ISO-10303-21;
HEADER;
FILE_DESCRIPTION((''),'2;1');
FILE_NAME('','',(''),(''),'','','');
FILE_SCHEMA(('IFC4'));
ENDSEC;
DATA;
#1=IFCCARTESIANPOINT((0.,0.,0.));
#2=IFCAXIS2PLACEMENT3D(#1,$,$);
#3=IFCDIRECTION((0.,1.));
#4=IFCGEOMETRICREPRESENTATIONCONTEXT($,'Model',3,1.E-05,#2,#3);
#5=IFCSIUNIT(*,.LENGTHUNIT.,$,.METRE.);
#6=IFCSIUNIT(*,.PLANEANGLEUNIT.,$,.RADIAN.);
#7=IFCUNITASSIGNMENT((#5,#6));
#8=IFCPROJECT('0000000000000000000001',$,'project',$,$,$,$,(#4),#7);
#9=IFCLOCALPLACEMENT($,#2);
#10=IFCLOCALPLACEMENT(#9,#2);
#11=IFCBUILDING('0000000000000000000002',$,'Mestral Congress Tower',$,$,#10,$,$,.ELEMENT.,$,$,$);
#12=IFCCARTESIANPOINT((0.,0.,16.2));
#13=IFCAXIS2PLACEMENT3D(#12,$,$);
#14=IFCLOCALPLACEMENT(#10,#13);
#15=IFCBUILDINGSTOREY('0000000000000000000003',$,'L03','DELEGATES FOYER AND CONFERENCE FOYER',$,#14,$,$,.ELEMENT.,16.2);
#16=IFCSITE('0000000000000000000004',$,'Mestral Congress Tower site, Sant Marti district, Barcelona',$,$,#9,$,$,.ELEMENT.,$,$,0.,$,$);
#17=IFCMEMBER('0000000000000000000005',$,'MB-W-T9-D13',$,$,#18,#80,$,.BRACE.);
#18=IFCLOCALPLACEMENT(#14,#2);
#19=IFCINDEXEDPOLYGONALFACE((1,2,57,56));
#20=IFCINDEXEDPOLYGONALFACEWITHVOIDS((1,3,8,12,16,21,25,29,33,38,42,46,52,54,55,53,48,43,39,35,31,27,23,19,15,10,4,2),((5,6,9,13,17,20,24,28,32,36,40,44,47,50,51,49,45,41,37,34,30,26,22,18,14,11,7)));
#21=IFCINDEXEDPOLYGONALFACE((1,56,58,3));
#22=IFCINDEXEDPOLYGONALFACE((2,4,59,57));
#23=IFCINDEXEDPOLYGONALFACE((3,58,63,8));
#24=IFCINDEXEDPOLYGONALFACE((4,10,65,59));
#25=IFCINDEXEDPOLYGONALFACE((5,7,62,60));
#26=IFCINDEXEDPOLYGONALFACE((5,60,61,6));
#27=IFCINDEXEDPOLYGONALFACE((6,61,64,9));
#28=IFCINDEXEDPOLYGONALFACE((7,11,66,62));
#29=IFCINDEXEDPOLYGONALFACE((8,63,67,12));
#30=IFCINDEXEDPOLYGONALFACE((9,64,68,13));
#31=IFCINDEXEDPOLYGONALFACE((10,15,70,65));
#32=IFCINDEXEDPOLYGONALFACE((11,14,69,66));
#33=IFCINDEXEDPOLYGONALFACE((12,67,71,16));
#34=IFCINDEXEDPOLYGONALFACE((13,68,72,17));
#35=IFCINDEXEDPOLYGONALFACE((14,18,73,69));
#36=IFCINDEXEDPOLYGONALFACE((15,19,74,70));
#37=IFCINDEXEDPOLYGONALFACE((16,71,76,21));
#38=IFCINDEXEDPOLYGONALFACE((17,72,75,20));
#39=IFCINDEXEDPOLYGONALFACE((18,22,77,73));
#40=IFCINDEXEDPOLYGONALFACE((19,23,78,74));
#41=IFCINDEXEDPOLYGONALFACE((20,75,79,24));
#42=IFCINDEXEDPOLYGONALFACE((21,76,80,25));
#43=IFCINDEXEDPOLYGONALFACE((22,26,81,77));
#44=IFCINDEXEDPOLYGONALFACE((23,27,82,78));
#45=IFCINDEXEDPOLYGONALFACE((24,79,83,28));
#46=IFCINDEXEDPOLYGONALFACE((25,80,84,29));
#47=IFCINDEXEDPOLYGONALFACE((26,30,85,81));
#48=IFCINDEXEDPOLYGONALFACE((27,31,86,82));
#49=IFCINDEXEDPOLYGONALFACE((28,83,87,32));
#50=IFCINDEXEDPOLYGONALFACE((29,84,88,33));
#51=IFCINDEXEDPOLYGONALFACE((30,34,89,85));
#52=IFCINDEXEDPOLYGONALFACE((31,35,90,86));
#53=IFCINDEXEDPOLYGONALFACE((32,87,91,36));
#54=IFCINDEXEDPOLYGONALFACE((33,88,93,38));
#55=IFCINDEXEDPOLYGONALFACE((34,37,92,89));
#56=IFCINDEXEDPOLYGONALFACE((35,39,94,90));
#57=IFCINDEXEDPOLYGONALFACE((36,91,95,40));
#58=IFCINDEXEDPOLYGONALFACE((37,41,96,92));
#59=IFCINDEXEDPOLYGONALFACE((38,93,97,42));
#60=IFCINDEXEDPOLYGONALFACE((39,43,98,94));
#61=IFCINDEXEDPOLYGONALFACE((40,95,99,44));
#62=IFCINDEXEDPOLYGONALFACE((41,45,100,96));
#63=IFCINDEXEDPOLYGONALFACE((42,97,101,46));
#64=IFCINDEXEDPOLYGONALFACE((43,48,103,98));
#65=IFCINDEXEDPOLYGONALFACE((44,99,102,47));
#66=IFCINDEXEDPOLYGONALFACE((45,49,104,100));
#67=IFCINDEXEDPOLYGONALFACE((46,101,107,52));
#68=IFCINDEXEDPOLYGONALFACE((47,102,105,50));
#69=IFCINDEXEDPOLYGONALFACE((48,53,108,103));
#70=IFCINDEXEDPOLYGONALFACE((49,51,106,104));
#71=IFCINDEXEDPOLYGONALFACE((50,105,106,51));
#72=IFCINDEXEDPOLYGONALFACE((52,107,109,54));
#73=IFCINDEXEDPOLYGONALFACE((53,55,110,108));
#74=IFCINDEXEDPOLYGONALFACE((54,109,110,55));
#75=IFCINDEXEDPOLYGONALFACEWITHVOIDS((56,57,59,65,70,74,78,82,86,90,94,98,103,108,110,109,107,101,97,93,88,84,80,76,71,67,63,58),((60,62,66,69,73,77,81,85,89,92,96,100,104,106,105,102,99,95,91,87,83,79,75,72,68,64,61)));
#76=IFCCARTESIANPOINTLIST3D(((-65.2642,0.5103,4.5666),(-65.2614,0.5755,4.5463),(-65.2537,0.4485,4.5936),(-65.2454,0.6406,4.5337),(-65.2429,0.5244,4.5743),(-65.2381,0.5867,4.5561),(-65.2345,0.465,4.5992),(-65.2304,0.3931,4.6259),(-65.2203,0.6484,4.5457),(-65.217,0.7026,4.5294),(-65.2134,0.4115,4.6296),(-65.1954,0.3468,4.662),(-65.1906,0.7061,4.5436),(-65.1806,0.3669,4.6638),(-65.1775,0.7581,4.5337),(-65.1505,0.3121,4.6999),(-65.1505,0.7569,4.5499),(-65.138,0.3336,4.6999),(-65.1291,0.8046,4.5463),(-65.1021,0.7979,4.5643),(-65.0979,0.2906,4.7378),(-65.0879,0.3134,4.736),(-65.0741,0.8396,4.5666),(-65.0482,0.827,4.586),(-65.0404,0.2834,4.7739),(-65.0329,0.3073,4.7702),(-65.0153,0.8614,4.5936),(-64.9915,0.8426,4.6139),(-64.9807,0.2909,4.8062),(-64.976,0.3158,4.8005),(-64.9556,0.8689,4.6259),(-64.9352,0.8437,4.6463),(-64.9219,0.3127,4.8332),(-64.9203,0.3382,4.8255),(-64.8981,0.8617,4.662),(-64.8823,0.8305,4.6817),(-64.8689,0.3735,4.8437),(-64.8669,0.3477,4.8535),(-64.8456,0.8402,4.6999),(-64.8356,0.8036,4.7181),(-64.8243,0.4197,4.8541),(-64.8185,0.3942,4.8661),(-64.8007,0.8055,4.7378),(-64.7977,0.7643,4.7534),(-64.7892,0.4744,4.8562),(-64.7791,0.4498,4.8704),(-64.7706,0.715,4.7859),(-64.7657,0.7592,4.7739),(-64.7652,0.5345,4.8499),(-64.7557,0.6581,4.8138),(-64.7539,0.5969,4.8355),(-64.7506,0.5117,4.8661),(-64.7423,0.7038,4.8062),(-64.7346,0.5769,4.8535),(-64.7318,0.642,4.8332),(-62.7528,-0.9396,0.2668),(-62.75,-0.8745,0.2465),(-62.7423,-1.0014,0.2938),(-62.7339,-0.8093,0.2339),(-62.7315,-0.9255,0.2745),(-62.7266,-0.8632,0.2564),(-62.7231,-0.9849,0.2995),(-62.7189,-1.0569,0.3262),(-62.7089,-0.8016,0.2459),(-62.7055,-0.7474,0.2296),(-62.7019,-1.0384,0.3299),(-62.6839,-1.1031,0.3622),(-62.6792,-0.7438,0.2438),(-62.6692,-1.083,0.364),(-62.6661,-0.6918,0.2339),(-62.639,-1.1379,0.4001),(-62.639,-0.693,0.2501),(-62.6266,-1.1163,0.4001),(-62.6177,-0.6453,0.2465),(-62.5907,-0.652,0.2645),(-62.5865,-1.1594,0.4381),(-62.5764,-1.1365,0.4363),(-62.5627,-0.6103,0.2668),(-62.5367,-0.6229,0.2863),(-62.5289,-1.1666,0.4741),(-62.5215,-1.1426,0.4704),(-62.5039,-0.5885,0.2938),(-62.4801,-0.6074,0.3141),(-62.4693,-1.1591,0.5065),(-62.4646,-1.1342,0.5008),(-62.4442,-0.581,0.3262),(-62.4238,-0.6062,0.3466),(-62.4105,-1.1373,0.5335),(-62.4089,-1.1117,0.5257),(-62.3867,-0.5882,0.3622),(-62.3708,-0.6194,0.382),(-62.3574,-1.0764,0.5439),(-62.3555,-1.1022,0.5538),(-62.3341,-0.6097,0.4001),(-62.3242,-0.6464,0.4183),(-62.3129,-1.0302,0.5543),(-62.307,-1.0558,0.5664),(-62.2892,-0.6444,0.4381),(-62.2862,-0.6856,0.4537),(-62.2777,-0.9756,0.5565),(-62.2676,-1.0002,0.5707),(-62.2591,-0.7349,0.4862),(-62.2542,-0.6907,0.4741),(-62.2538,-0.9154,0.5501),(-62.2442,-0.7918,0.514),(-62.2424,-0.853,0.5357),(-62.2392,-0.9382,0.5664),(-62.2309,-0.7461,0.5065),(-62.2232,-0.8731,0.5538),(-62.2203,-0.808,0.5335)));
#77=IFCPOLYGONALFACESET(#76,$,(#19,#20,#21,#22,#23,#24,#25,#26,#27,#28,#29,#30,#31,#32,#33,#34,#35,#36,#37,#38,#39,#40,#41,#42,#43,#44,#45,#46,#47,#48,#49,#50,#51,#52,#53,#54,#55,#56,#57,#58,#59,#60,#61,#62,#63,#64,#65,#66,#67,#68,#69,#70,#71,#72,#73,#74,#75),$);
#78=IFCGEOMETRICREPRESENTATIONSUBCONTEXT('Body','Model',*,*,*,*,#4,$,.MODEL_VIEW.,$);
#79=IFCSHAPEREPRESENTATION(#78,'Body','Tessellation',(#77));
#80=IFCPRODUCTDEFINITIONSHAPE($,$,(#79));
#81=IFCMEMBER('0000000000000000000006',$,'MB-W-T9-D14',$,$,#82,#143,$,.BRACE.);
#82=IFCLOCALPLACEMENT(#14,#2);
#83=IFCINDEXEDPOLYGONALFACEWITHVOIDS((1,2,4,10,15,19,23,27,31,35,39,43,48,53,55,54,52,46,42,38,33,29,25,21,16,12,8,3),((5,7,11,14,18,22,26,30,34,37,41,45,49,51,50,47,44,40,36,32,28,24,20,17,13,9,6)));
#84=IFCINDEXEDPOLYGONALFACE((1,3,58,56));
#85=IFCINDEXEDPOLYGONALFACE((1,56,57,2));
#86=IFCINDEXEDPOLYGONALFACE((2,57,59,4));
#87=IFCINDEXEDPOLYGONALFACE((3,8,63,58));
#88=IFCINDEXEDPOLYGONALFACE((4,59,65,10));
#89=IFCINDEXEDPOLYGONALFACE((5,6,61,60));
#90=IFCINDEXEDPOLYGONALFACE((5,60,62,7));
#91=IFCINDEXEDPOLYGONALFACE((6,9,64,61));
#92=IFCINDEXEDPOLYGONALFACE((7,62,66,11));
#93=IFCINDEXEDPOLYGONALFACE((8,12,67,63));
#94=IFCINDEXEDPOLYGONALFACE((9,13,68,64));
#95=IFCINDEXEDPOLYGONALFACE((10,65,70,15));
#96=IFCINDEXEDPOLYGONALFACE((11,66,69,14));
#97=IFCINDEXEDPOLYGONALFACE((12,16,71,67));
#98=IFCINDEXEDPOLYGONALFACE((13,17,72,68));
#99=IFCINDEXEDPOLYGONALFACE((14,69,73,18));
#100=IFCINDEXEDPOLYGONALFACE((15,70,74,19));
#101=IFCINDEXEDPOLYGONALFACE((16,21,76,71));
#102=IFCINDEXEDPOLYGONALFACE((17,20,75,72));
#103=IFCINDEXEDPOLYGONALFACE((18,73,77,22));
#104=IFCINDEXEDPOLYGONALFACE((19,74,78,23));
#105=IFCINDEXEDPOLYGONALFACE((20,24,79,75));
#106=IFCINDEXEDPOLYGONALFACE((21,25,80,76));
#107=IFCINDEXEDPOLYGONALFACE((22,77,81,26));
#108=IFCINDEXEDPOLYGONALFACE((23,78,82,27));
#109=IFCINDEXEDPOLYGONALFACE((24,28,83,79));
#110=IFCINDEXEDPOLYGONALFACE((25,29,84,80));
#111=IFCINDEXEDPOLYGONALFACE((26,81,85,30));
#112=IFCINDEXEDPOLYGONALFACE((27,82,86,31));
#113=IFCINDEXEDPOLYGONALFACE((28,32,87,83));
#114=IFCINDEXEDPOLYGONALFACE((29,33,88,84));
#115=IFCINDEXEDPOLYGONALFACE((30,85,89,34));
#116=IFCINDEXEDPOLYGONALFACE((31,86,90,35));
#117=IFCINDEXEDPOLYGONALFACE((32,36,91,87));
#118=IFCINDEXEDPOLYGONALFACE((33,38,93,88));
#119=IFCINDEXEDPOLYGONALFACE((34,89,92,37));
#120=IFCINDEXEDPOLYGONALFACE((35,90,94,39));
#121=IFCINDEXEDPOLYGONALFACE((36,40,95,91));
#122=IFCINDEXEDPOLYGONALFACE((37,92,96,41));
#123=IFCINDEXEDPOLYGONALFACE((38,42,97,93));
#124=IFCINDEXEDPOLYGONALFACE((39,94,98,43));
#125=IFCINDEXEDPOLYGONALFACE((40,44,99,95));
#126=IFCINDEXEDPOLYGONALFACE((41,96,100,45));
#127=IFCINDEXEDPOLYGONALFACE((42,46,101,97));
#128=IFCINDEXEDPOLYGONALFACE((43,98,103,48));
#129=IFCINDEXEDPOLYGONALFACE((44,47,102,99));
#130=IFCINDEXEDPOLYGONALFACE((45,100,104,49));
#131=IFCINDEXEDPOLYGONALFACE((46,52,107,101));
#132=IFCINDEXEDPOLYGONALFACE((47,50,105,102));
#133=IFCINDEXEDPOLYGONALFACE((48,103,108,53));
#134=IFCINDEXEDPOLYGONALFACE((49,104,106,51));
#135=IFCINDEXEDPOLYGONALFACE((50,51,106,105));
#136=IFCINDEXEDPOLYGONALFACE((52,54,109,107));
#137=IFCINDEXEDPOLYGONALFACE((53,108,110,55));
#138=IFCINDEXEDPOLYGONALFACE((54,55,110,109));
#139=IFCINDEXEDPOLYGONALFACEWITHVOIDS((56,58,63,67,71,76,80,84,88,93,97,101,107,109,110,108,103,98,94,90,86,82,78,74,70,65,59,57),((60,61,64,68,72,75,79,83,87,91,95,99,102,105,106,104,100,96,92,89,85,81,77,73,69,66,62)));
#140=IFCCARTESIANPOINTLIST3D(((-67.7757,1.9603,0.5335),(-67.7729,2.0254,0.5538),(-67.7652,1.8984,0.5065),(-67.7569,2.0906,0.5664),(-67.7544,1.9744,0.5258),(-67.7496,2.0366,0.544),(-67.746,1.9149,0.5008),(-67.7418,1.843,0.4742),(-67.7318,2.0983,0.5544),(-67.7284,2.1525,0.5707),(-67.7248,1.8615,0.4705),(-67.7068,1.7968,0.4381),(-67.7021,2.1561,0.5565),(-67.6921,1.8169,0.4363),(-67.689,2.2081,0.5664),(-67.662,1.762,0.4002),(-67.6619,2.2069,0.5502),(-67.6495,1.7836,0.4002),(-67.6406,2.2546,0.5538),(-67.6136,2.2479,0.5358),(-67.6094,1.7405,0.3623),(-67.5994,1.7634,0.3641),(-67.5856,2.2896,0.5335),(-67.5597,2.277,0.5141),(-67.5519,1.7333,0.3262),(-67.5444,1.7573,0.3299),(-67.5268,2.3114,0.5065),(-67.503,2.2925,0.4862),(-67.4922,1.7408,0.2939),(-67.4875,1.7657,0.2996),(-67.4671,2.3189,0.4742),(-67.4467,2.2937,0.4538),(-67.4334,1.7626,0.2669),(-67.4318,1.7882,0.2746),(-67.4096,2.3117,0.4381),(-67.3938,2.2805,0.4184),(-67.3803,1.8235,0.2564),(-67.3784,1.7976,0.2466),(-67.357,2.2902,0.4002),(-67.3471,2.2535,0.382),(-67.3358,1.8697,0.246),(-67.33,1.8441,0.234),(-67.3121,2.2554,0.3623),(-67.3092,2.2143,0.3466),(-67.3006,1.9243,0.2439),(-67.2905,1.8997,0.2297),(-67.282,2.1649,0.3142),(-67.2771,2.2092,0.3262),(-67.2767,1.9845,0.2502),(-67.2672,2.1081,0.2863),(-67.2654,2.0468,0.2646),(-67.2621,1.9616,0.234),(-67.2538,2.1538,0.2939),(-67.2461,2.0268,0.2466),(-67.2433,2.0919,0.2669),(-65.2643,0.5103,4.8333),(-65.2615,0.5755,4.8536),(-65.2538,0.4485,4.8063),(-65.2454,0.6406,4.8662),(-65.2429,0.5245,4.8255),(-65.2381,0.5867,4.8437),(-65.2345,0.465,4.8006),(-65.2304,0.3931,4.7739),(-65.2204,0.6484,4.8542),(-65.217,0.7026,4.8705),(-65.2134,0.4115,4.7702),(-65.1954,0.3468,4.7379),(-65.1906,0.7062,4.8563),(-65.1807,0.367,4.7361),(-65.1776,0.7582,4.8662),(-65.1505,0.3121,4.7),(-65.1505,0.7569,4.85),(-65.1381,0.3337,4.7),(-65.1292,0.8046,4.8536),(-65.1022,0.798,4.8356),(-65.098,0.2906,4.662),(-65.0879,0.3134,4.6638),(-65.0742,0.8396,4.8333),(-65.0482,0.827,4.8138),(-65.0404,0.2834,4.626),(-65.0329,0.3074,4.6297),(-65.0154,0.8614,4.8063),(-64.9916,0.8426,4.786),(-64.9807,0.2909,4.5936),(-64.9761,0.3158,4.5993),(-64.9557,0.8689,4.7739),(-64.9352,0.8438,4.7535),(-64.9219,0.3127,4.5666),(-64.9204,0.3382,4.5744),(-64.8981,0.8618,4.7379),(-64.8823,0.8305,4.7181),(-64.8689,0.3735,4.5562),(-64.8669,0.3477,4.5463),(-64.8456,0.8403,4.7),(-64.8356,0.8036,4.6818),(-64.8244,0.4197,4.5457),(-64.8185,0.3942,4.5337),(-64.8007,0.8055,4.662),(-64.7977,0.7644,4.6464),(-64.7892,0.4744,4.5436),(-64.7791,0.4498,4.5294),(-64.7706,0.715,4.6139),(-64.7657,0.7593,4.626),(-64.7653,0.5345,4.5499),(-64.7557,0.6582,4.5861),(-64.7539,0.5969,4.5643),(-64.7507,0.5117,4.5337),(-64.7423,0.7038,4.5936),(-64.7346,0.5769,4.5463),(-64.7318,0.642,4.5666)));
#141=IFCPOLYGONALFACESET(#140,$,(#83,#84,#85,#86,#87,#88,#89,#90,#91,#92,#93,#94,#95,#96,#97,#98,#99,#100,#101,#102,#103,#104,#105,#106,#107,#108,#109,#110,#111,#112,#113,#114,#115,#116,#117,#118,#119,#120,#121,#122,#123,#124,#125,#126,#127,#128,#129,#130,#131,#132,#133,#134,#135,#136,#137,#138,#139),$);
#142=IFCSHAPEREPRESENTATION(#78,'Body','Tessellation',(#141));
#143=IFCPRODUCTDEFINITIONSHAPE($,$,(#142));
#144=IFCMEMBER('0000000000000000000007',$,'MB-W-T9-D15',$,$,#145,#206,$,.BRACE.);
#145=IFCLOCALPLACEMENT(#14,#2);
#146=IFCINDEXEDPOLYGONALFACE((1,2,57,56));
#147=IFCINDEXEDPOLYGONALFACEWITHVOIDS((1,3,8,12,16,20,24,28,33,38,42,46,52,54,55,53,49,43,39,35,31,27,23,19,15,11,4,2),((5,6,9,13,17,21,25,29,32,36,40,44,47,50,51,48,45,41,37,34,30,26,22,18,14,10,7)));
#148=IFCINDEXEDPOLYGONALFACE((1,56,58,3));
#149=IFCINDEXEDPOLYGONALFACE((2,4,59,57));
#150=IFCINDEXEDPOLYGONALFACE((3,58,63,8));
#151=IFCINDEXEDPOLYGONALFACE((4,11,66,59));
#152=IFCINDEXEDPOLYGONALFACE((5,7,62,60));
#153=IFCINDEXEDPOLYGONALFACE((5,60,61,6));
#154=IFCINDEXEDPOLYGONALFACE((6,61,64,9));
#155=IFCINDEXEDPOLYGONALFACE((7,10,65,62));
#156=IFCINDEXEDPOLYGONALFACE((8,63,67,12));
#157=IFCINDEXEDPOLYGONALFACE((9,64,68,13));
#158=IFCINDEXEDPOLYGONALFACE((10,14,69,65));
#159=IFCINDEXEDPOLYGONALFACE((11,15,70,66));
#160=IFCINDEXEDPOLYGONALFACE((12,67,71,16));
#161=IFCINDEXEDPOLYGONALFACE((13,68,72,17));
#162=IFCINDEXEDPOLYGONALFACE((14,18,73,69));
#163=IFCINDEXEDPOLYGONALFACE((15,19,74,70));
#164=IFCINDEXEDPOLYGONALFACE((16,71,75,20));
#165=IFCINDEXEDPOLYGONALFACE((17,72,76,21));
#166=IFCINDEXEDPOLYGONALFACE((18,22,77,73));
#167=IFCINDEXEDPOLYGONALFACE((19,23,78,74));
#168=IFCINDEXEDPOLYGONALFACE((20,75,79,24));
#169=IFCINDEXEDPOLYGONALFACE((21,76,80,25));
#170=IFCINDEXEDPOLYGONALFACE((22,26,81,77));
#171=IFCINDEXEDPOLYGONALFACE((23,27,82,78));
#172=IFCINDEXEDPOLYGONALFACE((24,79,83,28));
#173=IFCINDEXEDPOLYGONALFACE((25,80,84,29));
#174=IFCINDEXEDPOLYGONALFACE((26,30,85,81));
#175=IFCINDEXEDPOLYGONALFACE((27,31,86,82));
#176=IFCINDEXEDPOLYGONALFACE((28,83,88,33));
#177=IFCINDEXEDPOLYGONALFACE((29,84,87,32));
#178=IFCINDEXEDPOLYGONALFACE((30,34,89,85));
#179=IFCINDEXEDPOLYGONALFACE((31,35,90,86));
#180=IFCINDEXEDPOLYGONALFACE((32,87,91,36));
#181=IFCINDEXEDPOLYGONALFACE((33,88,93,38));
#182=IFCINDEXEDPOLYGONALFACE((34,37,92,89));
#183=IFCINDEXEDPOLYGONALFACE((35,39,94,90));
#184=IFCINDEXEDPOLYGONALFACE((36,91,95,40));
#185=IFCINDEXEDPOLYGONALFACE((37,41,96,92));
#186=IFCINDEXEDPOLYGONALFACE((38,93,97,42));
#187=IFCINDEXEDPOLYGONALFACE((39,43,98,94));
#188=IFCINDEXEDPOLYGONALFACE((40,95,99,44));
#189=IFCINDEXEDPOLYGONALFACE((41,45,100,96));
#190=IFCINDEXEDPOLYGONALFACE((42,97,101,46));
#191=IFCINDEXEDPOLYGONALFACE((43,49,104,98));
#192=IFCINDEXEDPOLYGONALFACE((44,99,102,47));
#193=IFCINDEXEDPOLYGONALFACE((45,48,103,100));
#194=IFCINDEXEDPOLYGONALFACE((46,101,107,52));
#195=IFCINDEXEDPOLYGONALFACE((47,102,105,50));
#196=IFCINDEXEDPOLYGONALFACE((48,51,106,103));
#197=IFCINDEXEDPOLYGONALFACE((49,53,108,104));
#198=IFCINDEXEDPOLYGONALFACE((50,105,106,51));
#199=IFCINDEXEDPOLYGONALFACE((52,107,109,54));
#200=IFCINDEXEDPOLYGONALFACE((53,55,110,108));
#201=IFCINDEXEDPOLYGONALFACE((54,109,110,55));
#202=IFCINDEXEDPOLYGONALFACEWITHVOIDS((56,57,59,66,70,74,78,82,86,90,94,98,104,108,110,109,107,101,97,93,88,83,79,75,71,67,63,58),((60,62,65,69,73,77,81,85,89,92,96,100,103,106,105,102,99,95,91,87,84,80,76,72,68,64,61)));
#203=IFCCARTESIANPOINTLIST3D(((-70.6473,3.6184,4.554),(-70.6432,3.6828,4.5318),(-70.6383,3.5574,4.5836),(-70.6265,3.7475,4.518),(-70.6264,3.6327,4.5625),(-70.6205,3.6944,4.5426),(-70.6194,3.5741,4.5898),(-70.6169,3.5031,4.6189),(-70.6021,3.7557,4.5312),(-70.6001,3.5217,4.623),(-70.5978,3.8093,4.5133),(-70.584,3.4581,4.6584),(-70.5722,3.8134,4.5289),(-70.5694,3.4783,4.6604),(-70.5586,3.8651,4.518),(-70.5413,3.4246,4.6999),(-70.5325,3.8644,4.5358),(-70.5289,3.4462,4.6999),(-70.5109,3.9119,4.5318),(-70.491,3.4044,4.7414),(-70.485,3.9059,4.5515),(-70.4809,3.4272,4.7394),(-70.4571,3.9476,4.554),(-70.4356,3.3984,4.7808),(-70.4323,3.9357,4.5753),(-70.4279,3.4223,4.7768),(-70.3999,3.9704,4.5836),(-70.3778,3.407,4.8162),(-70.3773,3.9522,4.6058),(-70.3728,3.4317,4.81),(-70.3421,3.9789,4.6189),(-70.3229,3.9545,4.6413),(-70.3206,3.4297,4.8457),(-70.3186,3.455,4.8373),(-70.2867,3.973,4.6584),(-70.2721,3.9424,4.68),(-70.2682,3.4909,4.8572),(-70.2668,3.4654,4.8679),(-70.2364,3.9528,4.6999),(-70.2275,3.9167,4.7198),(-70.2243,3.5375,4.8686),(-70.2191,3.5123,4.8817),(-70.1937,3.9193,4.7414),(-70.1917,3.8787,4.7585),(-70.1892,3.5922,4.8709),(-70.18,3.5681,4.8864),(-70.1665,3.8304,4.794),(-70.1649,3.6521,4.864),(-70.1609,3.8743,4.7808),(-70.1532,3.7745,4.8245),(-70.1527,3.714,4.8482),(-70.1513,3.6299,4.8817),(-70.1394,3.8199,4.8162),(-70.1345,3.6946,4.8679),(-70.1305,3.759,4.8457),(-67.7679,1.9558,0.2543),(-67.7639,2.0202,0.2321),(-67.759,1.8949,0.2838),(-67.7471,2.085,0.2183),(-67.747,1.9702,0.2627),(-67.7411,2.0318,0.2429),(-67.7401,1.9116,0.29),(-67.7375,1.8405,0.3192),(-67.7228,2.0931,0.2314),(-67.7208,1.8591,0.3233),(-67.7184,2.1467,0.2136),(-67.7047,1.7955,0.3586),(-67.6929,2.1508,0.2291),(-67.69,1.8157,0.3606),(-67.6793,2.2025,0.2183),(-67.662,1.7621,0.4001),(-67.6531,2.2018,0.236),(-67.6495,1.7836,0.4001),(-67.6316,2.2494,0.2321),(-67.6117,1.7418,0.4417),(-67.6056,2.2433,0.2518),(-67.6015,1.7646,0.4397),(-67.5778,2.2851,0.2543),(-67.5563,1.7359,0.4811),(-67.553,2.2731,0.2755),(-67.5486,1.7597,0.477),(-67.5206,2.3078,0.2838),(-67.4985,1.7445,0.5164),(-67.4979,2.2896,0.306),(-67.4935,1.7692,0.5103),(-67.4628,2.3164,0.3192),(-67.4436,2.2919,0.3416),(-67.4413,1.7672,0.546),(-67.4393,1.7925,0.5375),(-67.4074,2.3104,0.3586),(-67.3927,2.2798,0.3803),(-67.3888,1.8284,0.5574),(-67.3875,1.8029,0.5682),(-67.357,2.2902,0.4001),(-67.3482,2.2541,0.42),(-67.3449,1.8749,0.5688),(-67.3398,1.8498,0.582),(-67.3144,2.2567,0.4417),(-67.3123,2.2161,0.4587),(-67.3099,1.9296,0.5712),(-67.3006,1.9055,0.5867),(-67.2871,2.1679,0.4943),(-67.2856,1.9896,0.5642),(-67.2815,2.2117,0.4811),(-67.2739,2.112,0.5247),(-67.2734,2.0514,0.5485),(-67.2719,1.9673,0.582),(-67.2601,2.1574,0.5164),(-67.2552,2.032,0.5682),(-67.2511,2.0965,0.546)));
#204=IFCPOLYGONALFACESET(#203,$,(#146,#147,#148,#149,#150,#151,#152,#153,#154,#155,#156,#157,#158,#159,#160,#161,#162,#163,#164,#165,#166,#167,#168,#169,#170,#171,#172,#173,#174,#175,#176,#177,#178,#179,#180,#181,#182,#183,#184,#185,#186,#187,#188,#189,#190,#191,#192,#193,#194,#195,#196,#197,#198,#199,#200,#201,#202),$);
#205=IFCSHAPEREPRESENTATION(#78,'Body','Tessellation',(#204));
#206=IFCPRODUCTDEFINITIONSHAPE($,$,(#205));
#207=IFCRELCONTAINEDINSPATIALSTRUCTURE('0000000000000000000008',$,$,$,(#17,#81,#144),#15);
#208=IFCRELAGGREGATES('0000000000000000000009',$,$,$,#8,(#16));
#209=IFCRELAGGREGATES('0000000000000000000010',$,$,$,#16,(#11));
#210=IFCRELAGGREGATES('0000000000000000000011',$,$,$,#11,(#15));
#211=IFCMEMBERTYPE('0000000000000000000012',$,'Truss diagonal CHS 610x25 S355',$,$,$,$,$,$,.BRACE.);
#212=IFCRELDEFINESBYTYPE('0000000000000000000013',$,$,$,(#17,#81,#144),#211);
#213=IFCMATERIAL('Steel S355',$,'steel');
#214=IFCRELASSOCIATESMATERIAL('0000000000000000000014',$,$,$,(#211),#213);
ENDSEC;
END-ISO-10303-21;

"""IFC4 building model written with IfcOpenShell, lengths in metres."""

from ifc_helpers import new_model, si_unit, direction, frame, origin, origin_2d, place, context, subcontext, project, spatial, hollow_circle, extrude, material, material_profile, profile_set, type_object, element, save


model = new_model("IFC4")

# Units and contexts
model_context = context("Model", 3, precision=1e-05, world=origin(), true_north=direction((0.0, 1.0)))
body_context = subcontext(model_context, "Body", "Model", "MODEL_VIEW")
ifc_project = project(units=[si_unit("LENGTHUNIT", "METRE"), si_unit("PLANEANGLEUNIT", "RADIAN")], contexts=[model_context])

# Site, building, storey
site_placement = place(None, origin())
site = spatial("IfcSite", under=ifc_project, at=site_placement, Name="Mestral Congress Tower site, Sant Marti district, Barcelona", CompositionType="ELEMENT", RefElevation=0.0)
building_placement = place(site_placement, origin())
building = spatial("IfcBuilding", under=site, at=building_placement, Name="Mestral Congress Tower", CompositionType="ELEMENT")
storey_placement = place(building_placement, frame((0.0, 0.0, 16.2)))
storey = spatial("IfcBuildingStorey", under=building, at=storey_placement, Name="L03", Description="DELEGATES FOYER AND CONFERENCE FOYER", CompositionType="ELEMENT", Elevation=16.2)

# Shared definitions
ifc_material_1 = material(Name="Steel S355", Category="steel")

# Members
ifc_material_profile_1 = material_profile(ifc_material_1, hollow_circle(Radius=0.3049, WallThickness=0.0249, at=origin_2d()), Name="CHS 610x25")
ifc_profile_set_1 = profile_set([ifc_material_profile_1], Name="Steel S355")
member_type_1 = type_object("IfcMemberType", Name="Truss diagonal CHS 610x25 S355", PredefinedType="BRACE", material=ifc_profile_set_1)
for number, where, z_axis, x_axis, name in (
    (1, (-62.4866, -0.8738, 0.4001), (-0.484247, 0.279571, 0.829062), (-0.499987, -0.866033, 0.0), "MB-W-T9-D13"),
    (2, (-64.998, 0.5762, 4.7), (-0.484247, 0.279571, -0.829062), (-0.499987, -0.866033, 0.0), "MB-W-T9-D14"),
):
    element("IfcMember", number, at=place(storey_placement, frame(where, z_axis=z_axis, x_axis=x_axis)), inside=storey, type_object=member_type_1, Name=name, PredefinedType="BRACE", context=body_context, shape_type="SweptSolid", body=[
        extrude(hollow_circle(Radius=0.3049, WallThickness=0.0249, at=origin_2d()), origin(), (0.0, 0.0, 1.0), 5.1863),
    ])
member_1_placement = place(storey_placement, frame((-67.5095, 2.0261, 0.4001), z_axis=(-0.529749, 0.305884, 0.791076), x_axis=(-0.50004, -0.866002, 0.0)))
element("IfcMember", 3, at=member_1_placement, inside=storey, type_object=member_type_1, Name="MB-W-T9-D15", PredefinedType="BRACE", context=body_context, shape_type="SweptSolid", body=[
    extrude(hollow_circle(Radius=0.3049, WallThickness=0.0249, at=origin_2d()), origin(), (0.0, 0.0, 1.0), 5.4353),
])

save(model, "model.ifc")
